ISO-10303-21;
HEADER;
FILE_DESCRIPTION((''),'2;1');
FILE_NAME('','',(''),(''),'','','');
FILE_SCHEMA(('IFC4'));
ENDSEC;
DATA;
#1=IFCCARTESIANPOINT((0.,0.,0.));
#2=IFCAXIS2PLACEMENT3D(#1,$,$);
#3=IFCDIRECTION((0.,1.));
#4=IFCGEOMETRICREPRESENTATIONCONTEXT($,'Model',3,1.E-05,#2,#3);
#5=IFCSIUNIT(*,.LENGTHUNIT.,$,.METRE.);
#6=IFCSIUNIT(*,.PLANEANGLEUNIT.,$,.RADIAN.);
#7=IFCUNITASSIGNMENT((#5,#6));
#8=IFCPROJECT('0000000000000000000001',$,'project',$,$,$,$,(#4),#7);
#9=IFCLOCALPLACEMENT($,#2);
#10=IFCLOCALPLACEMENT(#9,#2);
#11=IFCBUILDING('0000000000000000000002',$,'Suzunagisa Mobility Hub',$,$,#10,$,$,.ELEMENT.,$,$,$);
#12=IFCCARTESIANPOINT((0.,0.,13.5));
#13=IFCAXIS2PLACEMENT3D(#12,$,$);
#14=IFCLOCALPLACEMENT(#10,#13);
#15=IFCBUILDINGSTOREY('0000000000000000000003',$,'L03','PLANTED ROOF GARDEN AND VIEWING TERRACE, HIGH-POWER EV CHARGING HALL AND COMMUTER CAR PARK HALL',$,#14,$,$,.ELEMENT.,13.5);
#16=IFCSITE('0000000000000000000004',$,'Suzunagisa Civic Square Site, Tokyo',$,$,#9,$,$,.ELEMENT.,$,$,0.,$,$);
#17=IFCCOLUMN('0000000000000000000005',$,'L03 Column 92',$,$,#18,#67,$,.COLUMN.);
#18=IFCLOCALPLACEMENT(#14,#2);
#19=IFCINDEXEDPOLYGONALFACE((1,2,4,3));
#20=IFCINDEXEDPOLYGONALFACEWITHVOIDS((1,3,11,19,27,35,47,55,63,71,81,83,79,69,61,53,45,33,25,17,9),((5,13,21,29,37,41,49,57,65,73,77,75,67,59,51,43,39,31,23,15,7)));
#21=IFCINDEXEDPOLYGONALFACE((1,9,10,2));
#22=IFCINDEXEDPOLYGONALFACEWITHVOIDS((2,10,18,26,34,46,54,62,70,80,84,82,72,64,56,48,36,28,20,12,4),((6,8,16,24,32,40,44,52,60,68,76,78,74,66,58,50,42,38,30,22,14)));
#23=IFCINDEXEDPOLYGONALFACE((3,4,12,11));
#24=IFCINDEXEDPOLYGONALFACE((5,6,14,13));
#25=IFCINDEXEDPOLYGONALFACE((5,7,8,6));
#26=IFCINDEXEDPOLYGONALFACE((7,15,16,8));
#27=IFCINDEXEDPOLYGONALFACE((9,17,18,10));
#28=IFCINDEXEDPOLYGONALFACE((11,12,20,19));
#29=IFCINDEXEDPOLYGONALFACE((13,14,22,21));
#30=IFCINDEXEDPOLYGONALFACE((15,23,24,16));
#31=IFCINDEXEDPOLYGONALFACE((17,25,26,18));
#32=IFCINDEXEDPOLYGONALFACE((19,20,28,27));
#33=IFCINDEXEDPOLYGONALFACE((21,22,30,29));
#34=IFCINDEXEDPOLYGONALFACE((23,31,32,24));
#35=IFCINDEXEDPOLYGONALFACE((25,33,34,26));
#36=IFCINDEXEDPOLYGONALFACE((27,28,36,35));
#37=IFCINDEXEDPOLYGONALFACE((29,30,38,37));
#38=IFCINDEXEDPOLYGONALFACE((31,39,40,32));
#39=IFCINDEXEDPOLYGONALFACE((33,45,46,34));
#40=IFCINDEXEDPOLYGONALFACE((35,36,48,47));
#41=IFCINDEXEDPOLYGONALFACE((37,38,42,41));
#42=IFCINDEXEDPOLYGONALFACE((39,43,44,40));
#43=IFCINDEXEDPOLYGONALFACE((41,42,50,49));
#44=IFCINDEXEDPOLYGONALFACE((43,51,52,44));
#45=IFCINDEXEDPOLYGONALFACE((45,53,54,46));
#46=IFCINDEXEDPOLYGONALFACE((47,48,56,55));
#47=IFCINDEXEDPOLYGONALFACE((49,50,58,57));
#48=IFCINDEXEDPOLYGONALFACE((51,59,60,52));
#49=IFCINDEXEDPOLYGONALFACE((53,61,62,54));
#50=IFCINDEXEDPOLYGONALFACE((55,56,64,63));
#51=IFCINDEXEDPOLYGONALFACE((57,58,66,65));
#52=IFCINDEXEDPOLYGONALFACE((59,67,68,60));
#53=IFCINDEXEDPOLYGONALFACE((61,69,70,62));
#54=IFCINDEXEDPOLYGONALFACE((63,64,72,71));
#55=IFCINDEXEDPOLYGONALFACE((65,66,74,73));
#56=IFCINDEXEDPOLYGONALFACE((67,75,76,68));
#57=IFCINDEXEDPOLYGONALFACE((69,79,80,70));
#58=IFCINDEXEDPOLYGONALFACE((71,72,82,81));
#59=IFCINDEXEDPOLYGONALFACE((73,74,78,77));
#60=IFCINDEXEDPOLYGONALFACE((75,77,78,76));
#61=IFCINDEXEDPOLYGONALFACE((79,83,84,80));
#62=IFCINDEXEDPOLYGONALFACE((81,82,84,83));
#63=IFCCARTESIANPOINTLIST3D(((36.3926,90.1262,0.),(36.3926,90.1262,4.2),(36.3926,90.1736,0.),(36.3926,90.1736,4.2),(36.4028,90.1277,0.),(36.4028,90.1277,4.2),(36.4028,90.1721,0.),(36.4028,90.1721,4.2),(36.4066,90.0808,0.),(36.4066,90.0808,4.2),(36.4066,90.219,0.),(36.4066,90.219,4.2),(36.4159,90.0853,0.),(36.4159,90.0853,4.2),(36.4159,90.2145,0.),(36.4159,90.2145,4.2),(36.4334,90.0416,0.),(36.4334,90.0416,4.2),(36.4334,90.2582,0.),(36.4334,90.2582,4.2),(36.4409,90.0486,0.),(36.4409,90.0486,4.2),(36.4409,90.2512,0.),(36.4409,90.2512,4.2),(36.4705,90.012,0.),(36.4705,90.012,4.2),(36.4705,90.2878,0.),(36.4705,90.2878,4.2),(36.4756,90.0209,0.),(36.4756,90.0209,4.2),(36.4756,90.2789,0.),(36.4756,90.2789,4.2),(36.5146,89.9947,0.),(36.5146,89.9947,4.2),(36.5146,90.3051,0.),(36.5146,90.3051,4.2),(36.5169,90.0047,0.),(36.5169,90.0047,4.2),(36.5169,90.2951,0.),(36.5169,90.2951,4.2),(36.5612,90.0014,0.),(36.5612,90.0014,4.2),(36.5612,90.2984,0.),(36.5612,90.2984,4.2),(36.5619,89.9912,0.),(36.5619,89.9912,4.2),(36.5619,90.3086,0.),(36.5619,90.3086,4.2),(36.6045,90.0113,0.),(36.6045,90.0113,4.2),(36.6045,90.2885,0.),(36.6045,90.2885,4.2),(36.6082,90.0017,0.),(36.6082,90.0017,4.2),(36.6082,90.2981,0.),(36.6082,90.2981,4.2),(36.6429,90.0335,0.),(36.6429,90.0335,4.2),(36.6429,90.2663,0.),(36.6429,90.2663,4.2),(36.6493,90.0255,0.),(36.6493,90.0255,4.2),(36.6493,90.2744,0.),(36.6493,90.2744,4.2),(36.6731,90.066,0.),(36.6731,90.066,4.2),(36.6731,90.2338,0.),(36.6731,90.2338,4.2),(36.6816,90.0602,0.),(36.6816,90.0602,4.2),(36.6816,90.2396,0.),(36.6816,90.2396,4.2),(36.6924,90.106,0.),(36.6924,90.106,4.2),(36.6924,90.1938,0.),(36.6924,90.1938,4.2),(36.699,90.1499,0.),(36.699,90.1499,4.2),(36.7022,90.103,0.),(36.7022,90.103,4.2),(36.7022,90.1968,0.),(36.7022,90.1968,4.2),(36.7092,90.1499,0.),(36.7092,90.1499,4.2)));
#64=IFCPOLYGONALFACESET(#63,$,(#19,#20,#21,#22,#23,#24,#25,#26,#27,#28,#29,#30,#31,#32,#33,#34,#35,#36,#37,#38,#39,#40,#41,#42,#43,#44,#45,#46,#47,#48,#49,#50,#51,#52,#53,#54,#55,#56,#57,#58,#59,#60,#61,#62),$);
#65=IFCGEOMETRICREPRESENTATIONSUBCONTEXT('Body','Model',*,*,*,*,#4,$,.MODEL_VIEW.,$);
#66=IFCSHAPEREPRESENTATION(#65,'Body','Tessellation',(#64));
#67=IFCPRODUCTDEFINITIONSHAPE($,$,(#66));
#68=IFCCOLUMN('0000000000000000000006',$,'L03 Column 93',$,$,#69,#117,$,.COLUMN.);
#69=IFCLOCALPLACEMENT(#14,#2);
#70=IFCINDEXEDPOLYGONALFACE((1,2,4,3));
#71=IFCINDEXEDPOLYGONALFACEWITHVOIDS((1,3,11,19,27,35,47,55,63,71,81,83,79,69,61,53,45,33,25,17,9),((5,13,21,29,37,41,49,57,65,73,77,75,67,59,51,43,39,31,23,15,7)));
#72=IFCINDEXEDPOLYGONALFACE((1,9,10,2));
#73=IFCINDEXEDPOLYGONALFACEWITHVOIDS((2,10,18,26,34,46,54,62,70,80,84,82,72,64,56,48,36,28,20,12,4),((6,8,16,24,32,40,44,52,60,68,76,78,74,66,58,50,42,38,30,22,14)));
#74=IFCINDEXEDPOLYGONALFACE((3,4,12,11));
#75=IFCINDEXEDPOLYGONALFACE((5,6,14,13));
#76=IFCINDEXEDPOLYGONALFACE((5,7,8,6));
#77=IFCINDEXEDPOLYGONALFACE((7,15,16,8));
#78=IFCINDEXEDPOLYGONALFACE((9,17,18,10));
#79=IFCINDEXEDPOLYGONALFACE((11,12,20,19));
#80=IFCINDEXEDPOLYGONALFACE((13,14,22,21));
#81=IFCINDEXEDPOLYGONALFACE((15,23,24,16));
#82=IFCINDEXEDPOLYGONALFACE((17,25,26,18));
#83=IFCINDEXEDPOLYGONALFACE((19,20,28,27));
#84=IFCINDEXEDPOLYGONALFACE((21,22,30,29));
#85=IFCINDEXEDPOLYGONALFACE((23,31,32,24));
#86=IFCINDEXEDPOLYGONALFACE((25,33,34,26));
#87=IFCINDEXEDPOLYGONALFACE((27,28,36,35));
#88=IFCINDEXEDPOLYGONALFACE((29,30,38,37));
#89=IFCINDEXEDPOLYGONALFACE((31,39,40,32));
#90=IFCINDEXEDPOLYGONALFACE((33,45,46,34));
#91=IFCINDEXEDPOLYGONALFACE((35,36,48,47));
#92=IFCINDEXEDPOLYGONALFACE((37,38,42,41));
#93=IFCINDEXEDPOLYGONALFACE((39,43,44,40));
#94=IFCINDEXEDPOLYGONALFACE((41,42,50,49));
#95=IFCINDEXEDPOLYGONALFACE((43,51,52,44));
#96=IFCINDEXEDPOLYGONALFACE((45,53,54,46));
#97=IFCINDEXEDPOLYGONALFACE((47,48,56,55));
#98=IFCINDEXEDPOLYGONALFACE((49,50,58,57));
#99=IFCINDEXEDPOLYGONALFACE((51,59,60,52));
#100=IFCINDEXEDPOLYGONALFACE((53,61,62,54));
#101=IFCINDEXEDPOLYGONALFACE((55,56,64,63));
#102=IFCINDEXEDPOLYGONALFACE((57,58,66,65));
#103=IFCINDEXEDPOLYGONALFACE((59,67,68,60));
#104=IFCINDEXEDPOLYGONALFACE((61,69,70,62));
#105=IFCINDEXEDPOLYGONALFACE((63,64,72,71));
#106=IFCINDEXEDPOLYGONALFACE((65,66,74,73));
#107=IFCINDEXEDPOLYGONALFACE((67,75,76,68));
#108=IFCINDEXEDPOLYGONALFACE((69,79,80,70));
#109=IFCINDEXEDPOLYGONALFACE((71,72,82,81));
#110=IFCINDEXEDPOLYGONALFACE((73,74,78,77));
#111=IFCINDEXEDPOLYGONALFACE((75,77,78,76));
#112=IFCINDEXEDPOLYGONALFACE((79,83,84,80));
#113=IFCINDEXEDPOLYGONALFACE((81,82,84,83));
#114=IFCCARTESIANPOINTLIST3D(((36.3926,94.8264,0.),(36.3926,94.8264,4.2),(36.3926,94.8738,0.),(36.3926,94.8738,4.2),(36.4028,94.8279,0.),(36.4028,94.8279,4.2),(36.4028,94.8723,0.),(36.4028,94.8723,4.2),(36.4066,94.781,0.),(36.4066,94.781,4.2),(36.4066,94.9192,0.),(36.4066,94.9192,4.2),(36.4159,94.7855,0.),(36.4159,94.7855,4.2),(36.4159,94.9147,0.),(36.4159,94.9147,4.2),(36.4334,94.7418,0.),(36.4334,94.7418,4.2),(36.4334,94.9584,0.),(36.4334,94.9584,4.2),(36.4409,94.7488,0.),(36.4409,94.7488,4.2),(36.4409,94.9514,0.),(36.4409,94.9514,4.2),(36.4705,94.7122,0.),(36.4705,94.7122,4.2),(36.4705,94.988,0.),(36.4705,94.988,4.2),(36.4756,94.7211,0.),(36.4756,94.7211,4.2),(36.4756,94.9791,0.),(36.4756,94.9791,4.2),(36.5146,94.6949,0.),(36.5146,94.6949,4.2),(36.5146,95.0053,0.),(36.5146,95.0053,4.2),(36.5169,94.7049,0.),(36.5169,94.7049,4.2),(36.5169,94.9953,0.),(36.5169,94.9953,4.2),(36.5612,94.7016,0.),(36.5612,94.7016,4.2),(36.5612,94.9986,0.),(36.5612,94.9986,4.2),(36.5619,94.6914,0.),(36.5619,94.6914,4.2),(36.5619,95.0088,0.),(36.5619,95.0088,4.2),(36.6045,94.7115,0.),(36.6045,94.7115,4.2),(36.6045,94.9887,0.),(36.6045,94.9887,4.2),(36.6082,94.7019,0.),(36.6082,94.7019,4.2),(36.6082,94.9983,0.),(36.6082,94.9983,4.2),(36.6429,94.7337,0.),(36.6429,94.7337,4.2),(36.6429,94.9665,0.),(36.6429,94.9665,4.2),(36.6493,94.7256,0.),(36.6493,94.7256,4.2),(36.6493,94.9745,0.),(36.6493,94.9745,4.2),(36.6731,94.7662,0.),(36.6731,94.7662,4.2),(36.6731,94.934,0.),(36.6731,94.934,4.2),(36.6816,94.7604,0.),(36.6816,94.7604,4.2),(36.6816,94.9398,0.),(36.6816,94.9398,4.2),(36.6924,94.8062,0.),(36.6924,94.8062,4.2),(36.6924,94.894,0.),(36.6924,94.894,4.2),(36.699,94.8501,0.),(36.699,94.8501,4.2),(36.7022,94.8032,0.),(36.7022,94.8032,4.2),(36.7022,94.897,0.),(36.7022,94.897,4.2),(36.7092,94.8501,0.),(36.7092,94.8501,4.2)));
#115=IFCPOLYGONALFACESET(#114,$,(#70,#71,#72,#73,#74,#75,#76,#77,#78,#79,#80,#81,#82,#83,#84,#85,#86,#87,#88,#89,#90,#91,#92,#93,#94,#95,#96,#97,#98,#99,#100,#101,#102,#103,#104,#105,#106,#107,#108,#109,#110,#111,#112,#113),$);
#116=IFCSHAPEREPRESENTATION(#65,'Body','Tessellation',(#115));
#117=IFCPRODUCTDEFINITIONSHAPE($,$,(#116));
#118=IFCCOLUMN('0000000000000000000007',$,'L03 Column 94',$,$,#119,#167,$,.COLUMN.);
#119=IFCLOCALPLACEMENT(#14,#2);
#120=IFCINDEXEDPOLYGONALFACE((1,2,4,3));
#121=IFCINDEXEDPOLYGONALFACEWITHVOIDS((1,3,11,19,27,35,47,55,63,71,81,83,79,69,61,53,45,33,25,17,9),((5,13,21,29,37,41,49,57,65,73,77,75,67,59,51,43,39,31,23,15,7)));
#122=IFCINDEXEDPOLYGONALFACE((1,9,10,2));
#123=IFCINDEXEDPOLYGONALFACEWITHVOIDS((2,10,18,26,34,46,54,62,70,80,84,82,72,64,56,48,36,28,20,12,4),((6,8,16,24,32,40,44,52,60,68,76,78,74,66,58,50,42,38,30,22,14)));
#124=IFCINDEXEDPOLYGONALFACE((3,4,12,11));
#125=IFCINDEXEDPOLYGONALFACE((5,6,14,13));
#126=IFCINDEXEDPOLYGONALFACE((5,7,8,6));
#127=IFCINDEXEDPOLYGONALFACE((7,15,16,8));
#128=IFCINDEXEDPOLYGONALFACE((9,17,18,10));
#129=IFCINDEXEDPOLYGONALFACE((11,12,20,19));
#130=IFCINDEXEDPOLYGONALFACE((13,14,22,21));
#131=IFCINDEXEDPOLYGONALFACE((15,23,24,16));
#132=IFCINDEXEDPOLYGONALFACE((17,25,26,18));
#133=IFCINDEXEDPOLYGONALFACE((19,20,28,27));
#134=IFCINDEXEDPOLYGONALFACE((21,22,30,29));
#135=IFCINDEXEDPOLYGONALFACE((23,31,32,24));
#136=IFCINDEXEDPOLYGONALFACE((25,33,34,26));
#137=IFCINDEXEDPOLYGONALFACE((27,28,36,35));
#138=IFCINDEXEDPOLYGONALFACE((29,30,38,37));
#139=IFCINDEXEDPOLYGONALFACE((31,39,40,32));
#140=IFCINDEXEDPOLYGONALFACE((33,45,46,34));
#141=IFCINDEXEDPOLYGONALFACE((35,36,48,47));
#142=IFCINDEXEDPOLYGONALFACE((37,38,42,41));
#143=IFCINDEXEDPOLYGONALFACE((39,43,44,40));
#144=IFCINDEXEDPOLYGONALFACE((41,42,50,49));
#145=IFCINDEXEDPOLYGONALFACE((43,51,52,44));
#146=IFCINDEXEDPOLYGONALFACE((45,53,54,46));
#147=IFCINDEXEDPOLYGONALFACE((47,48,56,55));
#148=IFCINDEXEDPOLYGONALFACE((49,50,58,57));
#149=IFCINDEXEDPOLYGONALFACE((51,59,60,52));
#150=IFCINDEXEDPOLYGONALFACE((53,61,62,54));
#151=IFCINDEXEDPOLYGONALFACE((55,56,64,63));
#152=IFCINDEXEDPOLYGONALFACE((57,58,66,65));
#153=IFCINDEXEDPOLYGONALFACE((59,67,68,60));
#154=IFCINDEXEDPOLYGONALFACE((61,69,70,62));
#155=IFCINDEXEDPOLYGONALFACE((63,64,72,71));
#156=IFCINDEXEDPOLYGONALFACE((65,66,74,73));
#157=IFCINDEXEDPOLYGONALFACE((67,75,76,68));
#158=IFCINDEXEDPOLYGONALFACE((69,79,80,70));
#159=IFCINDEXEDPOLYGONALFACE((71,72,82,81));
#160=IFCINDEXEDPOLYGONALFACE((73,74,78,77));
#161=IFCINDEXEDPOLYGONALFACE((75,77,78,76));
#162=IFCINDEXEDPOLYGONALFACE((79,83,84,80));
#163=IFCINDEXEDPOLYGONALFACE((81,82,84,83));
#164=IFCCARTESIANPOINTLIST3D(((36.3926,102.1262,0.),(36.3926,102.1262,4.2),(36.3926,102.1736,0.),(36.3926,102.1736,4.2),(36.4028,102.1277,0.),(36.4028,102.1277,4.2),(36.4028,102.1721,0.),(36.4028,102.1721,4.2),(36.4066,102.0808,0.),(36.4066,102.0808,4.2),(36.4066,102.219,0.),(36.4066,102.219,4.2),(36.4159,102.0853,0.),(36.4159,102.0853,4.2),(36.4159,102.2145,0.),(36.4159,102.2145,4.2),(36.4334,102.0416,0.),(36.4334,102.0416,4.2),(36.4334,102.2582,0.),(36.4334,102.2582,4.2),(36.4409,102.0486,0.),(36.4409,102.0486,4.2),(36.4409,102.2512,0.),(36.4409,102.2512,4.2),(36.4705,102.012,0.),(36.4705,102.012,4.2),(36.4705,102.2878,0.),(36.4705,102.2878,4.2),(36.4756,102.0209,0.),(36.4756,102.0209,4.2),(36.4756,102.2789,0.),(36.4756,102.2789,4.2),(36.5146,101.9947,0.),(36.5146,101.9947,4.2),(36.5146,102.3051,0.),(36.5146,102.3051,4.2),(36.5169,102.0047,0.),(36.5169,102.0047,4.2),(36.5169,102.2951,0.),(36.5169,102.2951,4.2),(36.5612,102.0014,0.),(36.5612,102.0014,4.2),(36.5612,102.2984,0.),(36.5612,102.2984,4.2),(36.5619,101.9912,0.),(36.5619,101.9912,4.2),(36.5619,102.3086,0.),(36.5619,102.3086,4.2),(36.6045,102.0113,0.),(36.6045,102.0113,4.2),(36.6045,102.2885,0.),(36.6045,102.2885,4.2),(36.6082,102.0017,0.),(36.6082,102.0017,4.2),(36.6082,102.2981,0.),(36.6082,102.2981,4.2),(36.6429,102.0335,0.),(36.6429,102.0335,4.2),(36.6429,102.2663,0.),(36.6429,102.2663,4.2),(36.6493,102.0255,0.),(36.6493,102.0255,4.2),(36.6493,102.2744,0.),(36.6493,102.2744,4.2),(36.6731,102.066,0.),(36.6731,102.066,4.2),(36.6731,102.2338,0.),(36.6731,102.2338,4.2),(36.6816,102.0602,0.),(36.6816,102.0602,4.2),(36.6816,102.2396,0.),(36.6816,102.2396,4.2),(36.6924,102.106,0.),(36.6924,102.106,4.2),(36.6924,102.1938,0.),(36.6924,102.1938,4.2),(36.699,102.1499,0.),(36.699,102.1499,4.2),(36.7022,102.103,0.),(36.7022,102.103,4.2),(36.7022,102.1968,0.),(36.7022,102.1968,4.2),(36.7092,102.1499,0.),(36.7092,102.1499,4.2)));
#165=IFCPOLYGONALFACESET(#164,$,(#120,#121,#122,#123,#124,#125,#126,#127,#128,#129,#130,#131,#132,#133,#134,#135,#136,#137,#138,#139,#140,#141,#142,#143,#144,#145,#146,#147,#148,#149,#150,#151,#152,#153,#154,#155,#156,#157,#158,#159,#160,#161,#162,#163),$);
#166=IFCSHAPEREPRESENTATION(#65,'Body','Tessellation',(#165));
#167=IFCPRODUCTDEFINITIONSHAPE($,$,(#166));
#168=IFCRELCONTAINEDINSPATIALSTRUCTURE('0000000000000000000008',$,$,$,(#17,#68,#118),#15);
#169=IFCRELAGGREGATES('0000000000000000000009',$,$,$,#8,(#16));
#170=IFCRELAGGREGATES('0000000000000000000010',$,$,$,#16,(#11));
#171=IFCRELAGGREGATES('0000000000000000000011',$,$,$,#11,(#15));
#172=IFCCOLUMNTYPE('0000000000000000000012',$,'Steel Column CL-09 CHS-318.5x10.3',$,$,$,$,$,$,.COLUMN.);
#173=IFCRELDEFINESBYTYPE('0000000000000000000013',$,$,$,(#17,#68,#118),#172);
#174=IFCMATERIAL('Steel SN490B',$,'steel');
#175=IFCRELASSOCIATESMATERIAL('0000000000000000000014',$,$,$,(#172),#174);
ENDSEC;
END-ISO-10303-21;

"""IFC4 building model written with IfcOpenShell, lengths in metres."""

from ifc_helpers import new_model, si_unit, direction, frame, origin, origin_2d, place, context, subcontext, project, spatial, hollow_circle, extrude, material, material_profile, profile_set, type_object, element, save


model = new_model("IFC4")

# Units and contexts
model_context = context("Model", 3, precision=1e-05, world=origin(), true_north=direction((0.0, 1.0)))
body_context = subcontext(model_context, "Body", "Model", "MODEL_VIEW")
ifc_project = project(units=[si_unit("LENGTHUNIT", "METRE"), si_unit("PLANEANGLEUNIT", "RADIAN")], contexts=[model_context])

# Site, building, storey
site_placement = place(None, origin())
site = spatial("IfcSite", under=ifc_project, at=site_placement, Name="Suzunagisa Civic Square Site, Tokyo", CompositionType="ELEMENT", RefElevation=0.0)
building_placement = place(site_placement, origin())
building = spatial("IfcBuilding", under=site, at=building_placement, Name="Suzunagisa Mobility Hub", CompositionType="ELEMENT")
storey_placement = place(building_placement, frame((0.0, 0.0, 13.5)))
storey = spatial("IfcBuildingStorey", under=building, at=storey_placement, Name="L03", Description="PLANTED ROOF GARDEN AND VIEWING TERRACE, HIGH-POWER EV CHARGING HALL AND COMMUTER CAR PARK HALL", CompositionType="ELEMENT", Elevation=13.5)

# Columns
ifc_material_1 = material(Name="Steel SN490B", Category="steel")
ifc_material_profile_1 = material_profile(ifc_material_1, hollow_circle(Radius=0.1592, WallThickness=0.0103, at=origin_2d()), Name="CHS-318.5x10.3")
ifc_profile_set_1 = profile_set([ifc_material_profile_1], Name="Steel SN490B")
column_type_1 = type_object("IfcColumnType", Name="Steel Column CL-09 CHS-318.5x10.3", PredefinedType="COLUMN", material=ifc_profile_set_1)
for number, where, z_axis, x_axis, name in (
    (1, (36.55, 90.1499, 0.0), (0.0, 0.0, 1.0), (1.0, 0.0, 0.0), "L03 Column 92"),
    (2, (36.55, 94.8501, 0.0), (0.0, 0.0, 1.0), (1.0, 0.0, 0.0), "L03 Column 93"),
    (3, (36.55, 102.1499, 0.0), (0.0, 0.0, 1.0), (1.0, 0.0, 0.0), "L03 Column 94"),
):
    element("IfcColumn", number, at=place(storey_placement, frame(where, z_axis=z_axis, x_axis=x_axis)), inside=storey, type_object=column_type_1, Name=name, PredefinedType="COLUMN", context=body_context, shape_type="SweptSolid", body=[
        extrude(hollow_circle(Radius=0.1592, WallThickness=0.0103, at=origin_2d()), origin(), (0.0, 0.0, 1.0), 4.2),
    ])

save(model, "model.ifc")
